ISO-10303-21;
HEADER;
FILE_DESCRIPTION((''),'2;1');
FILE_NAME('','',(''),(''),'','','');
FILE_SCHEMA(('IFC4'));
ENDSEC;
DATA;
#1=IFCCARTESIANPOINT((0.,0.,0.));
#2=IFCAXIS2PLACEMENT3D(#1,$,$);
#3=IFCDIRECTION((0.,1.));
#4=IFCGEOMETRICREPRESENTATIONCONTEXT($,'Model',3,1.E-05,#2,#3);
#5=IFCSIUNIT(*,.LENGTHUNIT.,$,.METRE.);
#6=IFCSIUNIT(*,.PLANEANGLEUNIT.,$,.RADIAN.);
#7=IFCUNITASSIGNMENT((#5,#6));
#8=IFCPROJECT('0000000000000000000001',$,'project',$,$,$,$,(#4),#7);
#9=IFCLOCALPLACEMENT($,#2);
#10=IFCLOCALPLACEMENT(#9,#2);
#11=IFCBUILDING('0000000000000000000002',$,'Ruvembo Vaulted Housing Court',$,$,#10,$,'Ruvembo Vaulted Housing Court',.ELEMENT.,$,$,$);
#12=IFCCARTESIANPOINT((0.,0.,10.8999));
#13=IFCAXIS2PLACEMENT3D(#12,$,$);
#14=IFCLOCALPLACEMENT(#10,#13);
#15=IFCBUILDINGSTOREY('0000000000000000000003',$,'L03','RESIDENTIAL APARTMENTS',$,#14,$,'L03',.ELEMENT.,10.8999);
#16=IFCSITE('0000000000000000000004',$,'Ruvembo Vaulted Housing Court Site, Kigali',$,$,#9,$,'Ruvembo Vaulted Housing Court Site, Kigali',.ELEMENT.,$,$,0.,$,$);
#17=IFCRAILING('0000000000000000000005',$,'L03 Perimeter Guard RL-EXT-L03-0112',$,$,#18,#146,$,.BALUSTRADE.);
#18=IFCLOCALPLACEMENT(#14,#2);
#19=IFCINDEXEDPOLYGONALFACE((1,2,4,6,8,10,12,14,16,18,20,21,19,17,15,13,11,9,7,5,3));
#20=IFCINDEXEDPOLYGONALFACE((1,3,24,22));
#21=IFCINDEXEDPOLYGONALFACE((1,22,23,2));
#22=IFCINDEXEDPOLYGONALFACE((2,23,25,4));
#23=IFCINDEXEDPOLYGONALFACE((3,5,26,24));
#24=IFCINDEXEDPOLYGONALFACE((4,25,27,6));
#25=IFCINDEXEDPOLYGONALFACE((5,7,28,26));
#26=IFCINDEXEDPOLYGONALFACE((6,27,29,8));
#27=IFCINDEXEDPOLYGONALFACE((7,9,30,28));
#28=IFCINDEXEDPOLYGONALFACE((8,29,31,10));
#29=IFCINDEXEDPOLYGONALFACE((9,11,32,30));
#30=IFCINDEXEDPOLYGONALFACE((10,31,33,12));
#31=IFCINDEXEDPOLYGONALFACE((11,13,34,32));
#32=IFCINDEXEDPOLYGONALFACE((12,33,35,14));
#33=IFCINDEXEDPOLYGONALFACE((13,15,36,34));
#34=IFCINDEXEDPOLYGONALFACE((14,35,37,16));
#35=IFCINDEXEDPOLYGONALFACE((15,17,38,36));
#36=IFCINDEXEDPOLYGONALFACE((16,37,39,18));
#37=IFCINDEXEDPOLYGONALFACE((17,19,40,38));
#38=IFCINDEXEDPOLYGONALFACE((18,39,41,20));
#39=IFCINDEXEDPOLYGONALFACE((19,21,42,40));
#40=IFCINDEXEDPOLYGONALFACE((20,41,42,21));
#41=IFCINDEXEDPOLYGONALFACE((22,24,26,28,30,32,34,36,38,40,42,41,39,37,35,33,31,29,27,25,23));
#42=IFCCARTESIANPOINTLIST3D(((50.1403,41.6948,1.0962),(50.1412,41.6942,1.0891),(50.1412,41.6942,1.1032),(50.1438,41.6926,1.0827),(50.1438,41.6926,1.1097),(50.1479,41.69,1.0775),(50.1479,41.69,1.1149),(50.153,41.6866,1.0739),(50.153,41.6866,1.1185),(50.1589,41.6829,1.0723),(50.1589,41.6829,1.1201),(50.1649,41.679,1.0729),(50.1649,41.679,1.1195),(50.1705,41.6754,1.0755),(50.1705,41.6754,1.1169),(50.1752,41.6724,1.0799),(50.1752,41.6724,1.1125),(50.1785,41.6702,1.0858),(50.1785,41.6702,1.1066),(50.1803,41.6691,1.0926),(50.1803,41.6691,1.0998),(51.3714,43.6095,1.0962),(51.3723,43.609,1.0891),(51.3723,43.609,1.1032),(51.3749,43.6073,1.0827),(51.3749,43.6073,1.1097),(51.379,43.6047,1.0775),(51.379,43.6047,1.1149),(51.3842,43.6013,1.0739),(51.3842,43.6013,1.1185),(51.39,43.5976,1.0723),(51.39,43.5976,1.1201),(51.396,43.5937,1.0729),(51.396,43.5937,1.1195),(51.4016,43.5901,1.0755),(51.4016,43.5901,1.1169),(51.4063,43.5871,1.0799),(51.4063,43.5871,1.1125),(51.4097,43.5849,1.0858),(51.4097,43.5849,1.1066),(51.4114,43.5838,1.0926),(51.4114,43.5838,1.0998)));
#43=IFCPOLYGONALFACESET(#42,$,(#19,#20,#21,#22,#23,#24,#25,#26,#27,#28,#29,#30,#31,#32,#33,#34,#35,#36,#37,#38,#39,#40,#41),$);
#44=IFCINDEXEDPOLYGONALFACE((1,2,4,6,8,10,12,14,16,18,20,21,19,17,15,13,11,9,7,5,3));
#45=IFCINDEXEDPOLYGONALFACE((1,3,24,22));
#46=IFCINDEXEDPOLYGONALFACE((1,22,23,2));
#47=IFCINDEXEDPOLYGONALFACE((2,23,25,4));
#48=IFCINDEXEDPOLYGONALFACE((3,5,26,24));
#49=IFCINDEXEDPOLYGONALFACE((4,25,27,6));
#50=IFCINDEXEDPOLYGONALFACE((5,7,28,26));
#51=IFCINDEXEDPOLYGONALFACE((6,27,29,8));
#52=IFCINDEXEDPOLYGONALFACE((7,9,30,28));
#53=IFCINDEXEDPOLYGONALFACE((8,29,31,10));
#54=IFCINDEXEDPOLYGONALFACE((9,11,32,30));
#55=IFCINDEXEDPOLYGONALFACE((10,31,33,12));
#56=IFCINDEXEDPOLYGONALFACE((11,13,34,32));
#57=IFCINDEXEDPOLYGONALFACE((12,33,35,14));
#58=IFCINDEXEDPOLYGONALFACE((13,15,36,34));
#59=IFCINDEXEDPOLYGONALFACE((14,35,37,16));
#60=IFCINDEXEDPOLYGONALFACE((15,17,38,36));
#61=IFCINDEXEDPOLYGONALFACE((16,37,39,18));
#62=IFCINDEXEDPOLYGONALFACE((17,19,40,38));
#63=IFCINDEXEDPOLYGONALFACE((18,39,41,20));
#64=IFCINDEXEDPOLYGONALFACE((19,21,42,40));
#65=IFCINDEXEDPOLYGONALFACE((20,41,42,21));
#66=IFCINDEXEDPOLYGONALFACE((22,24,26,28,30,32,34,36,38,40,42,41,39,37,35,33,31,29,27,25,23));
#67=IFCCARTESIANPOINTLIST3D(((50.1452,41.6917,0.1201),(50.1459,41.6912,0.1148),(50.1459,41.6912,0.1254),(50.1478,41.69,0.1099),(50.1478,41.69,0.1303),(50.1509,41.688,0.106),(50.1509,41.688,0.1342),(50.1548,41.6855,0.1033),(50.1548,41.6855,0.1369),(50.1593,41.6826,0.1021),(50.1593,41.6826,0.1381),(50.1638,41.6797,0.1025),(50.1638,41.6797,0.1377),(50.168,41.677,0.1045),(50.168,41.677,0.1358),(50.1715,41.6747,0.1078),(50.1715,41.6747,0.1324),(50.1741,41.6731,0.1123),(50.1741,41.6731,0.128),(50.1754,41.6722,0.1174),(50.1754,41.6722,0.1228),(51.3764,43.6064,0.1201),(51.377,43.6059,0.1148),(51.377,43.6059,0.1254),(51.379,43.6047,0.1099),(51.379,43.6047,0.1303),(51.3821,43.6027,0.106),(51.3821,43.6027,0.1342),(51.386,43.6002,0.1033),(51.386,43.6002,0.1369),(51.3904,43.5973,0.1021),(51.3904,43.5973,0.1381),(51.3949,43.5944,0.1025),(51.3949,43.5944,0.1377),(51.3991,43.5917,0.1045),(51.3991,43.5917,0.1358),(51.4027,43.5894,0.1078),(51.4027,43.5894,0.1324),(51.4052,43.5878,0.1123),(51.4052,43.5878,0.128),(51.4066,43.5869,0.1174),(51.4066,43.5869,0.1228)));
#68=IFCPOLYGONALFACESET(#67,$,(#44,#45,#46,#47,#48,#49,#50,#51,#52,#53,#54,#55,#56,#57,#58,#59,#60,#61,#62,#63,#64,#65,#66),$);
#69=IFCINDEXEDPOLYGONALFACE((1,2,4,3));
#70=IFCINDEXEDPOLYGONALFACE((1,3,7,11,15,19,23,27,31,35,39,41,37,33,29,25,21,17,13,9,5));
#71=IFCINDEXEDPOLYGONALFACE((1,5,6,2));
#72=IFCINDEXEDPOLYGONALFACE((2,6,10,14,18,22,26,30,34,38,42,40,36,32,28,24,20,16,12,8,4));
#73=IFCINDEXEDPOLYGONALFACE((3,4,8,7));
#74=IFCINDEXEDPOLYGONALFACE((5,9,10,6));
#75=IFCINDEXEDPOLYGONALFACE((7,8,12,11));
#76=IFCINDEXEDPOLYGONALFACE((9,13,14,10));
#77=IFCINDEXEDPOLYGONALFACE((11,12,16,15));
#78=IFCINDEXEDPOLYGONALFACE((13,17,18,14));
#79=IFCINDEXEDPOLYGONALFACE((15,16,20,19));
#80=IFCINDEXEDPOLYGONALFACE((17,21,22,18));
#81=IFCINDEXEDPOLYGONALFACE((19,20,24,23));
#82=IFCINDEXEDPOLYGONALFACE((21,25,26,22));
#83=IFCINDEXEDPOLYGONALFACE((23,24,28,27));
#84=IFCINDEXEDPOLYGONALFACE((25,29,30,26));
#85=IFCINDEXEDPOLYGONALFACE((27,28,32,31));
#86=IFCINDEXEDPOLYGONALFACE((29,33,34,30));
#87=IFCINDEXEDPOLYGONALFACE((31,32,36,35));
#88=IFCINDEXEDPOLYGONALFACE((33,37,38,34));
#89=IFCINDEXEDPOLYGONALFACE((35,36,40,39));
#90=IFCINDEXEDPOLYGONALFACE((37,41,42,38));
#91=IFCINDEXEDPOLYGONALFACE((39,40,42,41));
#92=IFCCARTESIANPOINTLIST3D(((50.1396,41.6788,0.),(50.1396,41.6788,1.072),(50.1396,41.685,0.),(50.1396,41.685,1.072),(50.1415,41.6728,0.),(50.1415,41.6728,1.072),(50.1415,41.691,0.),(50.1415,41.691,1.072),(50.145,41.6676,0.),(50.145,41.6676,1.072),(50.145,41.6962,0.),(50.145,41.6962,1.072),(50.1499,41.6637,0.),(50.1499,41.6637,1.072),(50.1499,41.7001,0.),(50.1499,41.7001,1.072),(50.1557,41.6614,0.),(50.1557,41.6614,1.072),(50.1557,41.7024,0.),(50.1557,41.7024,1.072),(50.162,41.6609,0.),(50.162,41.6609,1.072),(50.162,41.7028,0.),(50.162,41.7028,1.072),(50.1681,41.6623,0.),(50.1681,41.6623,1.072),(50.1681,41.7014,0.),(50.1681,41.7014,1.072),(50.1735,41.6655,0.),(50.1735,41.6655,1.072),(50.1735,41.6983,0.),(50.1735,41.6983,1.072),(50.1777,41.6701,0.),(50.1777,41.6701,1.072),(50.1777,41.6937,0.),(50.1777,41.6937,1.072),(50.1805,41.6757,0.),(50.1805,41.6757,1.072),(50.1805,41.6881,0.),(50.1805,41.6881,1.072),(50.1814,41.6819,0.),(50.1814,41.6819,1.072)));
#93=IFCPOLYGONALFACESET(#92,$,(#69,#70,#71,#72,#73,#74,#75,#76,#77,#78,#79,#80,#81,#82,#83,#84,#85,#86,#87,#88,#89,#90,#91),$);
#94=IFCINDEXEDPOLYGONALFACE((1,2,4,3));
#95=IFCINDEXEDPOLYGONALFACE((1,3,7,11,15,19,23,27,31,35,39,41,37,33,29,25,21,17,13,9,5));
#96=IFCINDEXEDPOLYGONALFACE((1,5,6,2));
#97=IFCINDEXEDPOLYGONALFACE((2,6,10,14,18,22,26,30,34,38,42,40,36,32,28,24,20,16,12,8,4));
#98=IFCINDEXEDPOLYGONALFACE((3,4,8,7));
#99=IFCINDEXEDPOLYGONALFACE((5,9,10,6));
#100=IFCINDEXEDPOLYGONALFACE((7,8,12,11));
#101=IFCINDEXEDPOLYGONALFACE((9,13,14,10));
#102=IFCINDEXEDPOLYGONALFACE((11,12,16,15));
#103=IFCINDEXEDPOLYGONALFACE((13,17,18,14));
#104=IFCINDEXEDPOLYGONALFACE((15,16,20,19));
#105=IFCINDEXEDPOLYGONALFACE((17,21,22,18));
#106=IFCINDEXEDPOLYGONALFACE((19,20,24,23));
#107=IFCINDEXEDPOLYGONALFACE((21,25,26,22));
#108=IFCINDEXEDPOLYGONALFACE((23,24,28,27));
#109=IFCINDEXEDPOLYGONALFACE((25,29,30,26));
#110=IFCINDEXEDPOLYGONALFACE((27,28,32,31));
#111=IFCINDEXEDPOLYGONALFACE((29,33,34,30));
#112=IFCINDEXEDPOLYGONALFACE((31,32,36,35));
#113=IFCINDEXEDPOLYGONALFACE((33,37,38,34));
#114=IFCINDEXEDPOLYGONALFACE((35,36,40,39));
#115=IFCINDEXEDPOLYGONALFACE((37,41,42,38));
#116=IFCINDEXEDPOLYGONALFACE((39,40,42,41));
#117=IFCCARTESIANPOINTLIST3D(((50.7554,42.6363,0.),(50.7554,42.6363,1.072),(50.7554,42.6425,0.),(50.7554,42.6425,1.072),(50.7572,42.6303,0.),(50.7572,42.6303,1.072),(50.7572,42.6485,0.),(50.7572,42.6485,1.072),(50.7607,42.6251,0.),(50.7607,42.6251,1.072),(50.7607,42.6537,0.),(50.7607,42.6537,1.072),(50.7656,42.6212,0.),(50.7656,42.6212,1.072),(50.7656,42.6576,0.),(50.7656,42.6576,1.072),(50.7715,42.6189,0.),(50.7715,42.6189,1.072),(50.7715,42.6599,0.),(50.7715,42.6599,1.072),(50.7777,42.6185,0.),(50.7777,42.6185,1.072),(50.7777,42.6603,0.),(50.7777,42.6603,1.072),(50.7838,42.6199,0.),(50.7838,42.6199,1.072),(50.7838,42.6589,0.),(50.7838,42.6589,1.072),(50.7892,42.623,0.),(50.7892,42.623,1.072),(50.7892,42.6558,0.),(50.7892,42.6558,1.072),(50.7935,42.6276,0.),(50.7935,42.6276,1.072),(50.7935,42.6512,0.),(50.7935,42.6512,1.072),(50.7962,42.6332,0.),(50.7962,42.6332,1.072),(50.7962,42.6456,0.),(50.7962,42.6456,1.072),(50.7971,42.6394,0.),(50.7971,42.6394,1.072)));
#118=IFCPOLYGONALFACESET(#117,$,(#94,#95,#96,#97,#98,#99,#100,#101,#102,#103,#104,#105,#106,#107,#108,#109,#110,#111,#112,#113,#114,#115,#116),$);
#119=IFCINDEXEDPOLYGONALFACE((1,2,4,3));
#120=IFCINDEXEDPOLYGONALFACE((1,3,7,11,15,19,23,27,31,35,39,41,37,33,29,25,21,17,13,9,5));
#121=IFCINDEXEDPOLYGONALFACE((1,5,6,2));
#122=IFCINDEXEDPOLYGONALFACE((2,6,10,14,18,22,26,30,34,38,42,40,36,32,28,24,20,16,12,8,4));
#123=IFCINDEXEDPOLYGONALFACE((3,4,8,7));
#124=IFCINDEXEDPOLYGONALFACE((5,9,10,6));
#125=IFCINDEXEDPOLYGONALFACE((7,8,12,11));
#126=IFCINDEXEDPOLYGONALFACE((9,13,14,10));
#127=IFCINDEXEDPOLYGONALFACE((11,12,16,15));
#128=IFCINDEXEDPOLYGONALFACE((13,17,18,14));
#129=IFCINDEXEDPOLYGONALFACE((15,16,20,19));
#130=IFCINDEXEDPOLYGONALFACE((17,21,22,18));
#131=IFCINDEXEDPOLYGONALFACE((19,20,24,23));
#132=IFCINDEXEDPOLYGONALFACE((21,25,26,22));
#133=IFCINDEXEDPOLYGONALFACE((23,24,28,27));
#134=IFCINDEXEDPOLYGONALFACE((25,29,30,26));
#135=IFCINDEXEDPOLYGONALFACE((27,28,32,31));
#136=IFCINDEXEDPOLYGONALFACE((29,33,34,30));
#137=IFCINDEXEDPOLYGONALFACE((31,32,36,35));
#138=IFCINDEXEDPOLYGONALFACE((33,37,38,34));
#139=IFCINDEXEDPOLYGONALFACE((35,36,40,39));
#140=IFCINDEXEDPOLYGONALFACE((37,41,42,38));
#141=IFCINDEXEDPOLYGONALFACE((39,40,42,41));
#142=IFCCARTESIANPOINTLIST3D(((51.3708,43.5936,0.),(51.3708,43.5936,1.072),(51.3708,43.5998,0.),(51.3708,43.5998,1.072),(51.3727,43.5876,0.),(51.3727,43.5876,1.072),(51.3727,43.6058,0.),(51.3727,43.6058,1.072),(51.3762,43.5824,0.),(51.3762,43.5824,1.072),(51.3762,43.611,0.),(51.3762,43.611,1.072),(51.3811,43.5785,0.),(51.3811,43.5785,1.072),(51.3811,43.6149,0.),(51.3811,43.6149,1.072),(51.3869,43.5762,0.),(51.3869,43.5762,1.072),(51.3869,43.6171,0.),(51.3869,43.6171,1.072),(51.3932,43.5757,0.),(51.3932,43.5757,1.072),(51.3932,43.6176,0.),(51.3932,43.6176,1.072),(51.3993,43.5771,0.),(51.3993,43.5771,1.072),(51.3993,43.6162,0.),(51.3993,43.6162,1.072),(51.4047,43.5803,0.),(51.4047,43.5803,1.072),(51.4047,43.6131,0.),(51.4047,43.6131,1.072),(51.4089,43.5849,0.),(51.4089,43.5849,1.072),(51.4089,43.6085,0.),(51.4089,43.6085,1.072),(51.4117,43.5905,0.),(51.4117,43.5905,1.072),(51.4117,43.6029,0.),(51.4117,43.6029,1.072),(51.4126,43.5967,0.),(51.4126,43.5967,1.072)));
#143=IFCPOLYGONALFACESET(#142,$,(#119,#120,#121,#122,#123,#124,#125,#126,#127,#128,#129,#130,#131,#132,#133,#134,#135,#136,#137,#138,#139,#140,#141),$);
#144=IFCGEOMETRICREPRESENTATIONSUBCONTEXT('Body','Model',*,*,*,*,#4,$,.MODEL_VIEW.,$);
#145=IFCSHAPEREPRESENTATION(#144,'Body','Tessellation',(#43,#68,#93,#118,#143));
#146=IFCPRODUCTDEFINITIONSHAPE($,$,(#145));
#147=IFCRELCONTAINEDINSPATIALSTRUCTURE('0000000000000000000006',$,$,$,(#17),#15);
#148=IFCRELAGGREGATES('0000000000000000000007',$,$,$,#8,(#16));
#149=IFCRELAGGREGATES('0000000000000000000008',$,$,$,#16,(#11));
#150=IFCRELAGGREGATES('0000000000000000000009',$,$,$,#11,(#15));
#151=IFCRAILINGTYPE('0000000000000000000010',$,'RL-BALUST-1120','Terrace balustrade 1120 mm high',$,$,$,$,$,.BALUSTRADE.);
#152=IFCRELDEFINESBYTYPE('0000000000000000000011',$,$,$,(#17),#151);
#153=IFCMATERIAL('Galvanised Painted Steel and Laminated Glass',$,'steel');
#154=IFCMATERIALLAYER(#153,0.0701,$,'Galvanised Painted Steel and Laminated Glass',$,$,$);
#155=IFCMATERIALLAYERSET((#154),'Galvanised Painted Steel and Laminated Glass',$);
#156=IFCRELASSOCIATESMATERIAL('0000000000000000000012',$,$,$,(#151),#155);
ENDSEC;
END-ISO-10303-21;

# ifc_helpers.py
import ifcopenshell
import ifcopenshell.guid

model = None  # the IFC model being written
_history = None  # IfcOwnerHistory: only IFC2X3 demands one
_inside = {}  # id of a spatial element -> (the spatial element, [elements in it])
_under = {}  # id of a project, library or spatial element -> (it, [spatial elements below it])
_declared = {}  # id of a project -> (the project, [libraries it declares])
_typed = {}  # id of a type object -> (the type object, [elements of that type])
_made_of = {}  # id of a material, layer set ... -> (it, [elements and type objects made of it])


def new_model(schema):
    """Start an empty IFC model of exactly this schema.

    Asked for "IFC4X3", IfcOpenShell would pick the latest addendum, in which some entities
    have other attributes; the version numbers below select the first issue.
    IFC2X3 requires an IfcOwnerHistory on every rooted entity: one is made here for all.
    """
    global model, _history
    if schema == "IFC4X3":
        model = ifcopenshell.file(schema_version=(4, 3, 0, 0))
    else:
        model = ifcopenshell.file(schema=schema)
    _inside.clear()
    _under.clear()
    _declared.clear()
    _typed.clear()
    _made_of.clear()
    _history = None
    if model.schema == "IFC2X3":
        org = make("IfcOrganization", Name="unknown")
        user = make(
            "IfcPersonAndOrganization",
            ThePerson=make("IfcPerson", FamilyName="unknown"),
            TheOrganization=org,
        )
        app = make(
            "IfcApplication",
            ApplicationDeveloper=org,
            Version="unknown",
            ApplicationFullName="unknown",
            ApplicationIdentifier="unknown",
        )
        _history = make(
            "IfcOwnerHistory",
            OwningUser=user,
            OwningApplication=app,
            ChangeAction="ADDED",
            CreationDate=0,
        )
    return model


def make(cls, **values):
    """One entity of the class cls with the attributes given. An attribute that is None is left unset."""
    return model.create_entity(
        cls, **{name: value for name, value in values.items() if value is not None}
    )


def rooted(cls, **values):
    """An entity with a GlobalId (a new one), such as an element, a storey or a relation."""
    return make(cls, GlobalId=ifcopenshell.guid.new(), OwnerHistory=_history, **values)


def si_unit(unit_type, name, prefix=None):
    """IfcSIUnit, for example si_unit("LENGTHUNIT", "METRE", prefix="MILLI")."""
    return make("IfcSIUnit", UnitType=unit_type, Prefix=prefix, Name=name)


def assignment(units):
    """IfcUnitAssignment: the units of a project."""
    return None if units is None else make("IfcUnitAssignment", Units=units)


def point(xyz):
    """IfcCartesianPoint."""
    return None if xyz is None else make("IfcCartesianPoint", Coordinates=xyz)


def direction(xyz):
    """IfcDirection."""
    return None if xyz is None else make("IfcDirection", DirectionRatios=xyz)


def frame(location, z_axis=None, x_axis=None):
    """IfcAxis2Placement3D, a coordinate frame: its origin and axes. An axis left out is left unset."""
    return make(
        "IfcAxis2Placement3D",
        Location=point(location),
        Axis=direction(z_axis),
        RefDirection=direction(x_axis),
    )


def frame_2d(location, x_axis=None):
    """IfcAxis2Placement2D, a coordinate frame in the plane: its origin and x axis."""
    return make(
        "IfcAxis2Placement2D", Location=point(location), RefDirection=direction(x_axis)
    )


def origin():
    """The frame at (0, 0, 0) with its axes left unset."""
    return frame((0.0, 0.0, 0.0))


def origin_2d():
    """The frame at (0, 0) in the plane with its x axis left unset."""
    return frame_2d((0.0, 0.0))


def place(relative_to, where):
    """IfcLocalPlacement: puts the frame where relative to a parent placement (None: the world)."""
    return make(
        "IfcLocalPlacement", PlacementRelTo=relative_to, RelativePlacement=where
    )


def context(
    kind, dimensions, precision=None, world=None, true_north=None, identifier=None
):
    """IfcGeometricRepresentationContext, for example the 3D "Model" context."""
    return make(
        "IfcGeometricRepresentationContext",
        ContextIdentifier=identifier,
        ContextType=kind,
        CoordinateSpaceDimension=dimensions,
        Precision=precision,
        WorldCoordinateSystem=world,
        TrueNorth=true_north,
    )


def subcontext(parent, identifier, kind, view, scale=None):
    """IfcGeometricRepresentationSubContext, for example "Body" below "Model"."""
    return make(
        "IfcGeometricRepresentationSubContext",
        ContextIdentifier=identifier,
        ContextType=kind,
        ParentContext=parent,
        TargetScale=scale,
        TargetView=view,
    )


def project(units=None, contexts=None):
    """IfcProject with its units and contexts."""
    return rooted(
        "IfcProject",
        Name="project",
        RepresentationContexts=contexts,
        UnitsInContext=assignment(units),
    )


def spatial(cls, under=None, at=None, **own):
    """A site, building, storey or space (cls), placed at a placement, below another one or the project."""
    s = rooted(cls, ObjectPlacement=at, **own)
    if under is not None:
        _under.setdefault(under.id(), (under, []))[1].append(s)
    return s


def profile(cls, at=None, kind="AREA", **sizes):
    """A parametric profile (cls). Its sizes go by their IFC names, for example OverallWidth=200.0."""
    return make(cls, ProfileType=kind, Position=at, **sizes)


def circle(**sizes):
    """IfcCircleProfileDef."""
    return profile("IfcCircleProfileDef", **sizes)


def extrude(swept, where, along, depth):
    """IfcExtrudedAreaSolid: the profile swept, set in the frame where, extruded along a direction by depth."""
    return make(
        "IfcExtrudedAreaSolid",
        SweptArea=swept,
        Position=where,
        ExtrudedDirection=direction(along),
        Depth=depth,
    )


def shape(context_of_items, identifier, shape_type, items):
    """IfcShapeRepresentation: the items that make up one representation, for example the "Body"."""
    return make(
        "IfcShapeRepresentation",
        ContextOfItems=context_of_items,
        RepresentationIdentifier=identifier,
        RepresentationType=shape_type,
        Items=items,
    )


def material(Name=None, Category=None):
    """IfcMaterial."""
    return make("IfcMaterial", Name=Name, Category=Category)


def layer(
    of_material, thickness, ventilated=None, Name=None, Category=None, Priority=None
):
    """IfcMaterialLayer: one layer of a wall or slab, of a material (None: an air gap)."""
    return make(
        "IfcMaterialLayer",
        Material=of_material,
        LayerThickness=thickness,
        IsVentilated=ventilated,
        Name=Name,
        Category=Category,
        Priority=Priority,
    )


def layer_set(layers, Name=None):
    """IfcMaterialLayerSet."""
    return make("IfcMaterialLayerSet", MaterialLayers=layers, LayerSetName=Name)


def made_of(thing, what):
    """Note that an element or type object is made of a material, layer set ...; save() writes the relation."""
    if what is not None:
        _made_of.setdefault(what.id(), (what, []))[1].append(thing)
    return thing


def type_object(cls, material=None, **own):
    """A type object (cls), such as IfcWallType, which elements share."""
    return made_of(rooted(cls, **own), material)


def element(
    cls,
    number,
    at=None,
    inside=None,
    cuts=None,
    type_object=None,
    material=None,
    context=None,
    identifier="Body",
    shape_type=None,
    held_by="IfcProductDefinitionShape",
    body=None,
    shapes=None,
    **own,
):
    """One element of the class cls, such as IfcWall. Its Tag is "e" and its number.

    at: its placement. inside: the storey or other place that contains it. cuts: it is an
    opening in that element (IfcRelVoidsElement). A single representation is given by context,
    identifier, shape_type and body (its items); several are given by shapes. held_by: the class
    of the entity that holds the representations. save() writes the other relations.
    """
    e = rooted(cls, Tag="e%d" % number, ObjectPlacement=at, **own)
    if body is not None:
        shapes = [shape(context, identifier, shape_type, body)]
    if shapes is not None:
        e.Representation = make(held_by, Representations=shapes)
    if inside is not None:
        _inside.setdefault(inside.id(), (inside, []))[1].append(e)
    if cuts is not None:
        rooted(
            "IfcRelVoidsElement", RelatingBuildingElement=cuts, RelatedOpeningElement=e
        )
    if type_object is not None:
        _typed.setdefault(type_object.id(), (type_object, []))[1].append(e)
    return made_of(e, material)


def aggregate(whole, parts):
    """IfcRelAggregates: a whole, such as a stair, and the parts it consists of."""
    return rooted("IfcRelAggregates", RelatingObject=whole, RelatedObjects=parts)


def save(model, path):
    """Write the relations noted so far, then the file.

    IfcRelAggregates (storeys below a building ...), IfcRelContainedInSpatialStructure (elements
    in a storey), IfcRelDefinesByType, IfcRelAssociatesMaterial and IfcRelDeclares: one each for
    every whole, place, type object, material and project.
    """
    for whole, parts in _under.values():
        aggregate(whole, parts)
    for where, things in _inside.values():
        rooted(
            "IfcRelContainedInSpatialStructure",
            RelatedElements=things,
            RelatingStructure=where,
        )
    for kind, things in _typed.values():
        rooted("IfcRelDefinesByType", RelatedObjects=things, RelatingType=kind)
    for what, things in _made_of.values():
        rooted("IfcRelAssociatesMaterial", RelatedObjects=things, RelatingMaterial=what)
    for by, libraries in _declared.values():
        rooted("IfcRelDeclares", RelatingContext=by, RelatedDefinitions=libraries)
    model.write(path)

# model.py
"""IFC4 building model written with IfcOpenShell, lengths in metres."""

from ifc_helpers import new_model, si_unit, direction, frame, origin, origin_2d, place, context, subcontext, project, spatial, circle, extrude, material, layer, layer_set, type_object, element, save


model = new_model("IFC4")

# Units and contexts
model_context = context("Model", 3, precision=1e-05, world=origin(), true_north=direction((0.0, 1.0)))
body_context = subcontext(model_context, "Body", "Model", "MODEL_VIEW")
ifc_project = project(units=[si_unit("LENGTHUNIT", "METRE"), si_unit("PLANEANGLEUNIT", "RADIAN")], contexts=[model_context])

# Site, building, storey
site_placement = place(None, origin())
site = spatial("IfcSite", under=ifc_project, at=site_placement, Name="Ruvembo Vaulted Housing Court Site, Kigali", LongName="Ruvembo Vaulted Housing Court Site, Kigali", CompositionType="ELEMENT", RefElevation=0.0)
building_placement = place(site_placement, origin())
building = spatial("IfcBuilding", under=site, at=building_placement, Name="Ruvembo Vaulted Housing Court", LongName="Ruvembo Vaulted Housing Court", CompositionType="ELEMENT")
storey_placement = place(building_placement, frame((0.0, 0.0, 10.8999)))
storey = spatial("IfcBuildingStorey", under=building, at=storey_placement, Name="L03", Description="RESIDENTIAL APARTMENTS", LongName="L03", CompositionType="ELEMENT", Elevation=10.8999)

# Railing
ifc_material_1 = material(Name="Galvanised Painted Steel and Laminated Glass", Category="steel")
ifc_layer_1 = layer(ifc_material_1, 0.0701, Name="Galvanised Painted Steel and Laminated Glass")
ifc_layer_set_1 = layer_set([ifc_layer_1], Name="Galvanised Painted Steel and Laminated Glass")
railing_type = type_object("IfcRailingType", Name="RL-BALUST-1120", Description="Terrace balustrade 1120 mm high", PredefinedType="BALUSTRADE", material=ifc_layer_set_1)
railing_1_placement = place(storey_placement, frame((50.1604, 41.6819, 0.0)))
element("IfcRailing", 1, at=railing_1_placement, inside=storey, type_object=railing_type, Name="L03 Perimeter Guard RL-EXT-L03-0112", PredefinedType="BALUSTRADE", context=body_context, shape_type="SweptSolid", body=[
    extrude(circle(Radius=0.0239, at=origin_2d()), frame((0.0, 0.0, 1.0962), z_axis=(0.540839, 0.841126, 0.0), x_axis=(-0.841126, 0.540839, 0.0)), (0.0, 0.0, 1.0), 2.2764),
    extrude(circle(Radius=0.0181, at=origin_2d()), frame((0.0, 0.0, 0.1201), z_axis=(0.540839, 0.841126, 0.0), x_axis=(-0.841126, 0.540839, 0.0)), (0.0, 0.0, 1.0), 2.2764),
    extrude(circle(Radius=0.021, at=origin_2d()), origin(), (0.0, 0.0, 1.0), 1.072),
    extrude(circle(Radius=0.021, at=origin_2d()), frame((0.6157, 0.9575, 0.0)), (0.0, 0.0, 1.0), 1.072),
    extrude(circle(Radius=0.021, at=origin_2d()), frame((1.2312, 1.9148, 0.0)), (0.0, 0.0, 1.0), 1.072),
])

save(model, "model.ifc")
